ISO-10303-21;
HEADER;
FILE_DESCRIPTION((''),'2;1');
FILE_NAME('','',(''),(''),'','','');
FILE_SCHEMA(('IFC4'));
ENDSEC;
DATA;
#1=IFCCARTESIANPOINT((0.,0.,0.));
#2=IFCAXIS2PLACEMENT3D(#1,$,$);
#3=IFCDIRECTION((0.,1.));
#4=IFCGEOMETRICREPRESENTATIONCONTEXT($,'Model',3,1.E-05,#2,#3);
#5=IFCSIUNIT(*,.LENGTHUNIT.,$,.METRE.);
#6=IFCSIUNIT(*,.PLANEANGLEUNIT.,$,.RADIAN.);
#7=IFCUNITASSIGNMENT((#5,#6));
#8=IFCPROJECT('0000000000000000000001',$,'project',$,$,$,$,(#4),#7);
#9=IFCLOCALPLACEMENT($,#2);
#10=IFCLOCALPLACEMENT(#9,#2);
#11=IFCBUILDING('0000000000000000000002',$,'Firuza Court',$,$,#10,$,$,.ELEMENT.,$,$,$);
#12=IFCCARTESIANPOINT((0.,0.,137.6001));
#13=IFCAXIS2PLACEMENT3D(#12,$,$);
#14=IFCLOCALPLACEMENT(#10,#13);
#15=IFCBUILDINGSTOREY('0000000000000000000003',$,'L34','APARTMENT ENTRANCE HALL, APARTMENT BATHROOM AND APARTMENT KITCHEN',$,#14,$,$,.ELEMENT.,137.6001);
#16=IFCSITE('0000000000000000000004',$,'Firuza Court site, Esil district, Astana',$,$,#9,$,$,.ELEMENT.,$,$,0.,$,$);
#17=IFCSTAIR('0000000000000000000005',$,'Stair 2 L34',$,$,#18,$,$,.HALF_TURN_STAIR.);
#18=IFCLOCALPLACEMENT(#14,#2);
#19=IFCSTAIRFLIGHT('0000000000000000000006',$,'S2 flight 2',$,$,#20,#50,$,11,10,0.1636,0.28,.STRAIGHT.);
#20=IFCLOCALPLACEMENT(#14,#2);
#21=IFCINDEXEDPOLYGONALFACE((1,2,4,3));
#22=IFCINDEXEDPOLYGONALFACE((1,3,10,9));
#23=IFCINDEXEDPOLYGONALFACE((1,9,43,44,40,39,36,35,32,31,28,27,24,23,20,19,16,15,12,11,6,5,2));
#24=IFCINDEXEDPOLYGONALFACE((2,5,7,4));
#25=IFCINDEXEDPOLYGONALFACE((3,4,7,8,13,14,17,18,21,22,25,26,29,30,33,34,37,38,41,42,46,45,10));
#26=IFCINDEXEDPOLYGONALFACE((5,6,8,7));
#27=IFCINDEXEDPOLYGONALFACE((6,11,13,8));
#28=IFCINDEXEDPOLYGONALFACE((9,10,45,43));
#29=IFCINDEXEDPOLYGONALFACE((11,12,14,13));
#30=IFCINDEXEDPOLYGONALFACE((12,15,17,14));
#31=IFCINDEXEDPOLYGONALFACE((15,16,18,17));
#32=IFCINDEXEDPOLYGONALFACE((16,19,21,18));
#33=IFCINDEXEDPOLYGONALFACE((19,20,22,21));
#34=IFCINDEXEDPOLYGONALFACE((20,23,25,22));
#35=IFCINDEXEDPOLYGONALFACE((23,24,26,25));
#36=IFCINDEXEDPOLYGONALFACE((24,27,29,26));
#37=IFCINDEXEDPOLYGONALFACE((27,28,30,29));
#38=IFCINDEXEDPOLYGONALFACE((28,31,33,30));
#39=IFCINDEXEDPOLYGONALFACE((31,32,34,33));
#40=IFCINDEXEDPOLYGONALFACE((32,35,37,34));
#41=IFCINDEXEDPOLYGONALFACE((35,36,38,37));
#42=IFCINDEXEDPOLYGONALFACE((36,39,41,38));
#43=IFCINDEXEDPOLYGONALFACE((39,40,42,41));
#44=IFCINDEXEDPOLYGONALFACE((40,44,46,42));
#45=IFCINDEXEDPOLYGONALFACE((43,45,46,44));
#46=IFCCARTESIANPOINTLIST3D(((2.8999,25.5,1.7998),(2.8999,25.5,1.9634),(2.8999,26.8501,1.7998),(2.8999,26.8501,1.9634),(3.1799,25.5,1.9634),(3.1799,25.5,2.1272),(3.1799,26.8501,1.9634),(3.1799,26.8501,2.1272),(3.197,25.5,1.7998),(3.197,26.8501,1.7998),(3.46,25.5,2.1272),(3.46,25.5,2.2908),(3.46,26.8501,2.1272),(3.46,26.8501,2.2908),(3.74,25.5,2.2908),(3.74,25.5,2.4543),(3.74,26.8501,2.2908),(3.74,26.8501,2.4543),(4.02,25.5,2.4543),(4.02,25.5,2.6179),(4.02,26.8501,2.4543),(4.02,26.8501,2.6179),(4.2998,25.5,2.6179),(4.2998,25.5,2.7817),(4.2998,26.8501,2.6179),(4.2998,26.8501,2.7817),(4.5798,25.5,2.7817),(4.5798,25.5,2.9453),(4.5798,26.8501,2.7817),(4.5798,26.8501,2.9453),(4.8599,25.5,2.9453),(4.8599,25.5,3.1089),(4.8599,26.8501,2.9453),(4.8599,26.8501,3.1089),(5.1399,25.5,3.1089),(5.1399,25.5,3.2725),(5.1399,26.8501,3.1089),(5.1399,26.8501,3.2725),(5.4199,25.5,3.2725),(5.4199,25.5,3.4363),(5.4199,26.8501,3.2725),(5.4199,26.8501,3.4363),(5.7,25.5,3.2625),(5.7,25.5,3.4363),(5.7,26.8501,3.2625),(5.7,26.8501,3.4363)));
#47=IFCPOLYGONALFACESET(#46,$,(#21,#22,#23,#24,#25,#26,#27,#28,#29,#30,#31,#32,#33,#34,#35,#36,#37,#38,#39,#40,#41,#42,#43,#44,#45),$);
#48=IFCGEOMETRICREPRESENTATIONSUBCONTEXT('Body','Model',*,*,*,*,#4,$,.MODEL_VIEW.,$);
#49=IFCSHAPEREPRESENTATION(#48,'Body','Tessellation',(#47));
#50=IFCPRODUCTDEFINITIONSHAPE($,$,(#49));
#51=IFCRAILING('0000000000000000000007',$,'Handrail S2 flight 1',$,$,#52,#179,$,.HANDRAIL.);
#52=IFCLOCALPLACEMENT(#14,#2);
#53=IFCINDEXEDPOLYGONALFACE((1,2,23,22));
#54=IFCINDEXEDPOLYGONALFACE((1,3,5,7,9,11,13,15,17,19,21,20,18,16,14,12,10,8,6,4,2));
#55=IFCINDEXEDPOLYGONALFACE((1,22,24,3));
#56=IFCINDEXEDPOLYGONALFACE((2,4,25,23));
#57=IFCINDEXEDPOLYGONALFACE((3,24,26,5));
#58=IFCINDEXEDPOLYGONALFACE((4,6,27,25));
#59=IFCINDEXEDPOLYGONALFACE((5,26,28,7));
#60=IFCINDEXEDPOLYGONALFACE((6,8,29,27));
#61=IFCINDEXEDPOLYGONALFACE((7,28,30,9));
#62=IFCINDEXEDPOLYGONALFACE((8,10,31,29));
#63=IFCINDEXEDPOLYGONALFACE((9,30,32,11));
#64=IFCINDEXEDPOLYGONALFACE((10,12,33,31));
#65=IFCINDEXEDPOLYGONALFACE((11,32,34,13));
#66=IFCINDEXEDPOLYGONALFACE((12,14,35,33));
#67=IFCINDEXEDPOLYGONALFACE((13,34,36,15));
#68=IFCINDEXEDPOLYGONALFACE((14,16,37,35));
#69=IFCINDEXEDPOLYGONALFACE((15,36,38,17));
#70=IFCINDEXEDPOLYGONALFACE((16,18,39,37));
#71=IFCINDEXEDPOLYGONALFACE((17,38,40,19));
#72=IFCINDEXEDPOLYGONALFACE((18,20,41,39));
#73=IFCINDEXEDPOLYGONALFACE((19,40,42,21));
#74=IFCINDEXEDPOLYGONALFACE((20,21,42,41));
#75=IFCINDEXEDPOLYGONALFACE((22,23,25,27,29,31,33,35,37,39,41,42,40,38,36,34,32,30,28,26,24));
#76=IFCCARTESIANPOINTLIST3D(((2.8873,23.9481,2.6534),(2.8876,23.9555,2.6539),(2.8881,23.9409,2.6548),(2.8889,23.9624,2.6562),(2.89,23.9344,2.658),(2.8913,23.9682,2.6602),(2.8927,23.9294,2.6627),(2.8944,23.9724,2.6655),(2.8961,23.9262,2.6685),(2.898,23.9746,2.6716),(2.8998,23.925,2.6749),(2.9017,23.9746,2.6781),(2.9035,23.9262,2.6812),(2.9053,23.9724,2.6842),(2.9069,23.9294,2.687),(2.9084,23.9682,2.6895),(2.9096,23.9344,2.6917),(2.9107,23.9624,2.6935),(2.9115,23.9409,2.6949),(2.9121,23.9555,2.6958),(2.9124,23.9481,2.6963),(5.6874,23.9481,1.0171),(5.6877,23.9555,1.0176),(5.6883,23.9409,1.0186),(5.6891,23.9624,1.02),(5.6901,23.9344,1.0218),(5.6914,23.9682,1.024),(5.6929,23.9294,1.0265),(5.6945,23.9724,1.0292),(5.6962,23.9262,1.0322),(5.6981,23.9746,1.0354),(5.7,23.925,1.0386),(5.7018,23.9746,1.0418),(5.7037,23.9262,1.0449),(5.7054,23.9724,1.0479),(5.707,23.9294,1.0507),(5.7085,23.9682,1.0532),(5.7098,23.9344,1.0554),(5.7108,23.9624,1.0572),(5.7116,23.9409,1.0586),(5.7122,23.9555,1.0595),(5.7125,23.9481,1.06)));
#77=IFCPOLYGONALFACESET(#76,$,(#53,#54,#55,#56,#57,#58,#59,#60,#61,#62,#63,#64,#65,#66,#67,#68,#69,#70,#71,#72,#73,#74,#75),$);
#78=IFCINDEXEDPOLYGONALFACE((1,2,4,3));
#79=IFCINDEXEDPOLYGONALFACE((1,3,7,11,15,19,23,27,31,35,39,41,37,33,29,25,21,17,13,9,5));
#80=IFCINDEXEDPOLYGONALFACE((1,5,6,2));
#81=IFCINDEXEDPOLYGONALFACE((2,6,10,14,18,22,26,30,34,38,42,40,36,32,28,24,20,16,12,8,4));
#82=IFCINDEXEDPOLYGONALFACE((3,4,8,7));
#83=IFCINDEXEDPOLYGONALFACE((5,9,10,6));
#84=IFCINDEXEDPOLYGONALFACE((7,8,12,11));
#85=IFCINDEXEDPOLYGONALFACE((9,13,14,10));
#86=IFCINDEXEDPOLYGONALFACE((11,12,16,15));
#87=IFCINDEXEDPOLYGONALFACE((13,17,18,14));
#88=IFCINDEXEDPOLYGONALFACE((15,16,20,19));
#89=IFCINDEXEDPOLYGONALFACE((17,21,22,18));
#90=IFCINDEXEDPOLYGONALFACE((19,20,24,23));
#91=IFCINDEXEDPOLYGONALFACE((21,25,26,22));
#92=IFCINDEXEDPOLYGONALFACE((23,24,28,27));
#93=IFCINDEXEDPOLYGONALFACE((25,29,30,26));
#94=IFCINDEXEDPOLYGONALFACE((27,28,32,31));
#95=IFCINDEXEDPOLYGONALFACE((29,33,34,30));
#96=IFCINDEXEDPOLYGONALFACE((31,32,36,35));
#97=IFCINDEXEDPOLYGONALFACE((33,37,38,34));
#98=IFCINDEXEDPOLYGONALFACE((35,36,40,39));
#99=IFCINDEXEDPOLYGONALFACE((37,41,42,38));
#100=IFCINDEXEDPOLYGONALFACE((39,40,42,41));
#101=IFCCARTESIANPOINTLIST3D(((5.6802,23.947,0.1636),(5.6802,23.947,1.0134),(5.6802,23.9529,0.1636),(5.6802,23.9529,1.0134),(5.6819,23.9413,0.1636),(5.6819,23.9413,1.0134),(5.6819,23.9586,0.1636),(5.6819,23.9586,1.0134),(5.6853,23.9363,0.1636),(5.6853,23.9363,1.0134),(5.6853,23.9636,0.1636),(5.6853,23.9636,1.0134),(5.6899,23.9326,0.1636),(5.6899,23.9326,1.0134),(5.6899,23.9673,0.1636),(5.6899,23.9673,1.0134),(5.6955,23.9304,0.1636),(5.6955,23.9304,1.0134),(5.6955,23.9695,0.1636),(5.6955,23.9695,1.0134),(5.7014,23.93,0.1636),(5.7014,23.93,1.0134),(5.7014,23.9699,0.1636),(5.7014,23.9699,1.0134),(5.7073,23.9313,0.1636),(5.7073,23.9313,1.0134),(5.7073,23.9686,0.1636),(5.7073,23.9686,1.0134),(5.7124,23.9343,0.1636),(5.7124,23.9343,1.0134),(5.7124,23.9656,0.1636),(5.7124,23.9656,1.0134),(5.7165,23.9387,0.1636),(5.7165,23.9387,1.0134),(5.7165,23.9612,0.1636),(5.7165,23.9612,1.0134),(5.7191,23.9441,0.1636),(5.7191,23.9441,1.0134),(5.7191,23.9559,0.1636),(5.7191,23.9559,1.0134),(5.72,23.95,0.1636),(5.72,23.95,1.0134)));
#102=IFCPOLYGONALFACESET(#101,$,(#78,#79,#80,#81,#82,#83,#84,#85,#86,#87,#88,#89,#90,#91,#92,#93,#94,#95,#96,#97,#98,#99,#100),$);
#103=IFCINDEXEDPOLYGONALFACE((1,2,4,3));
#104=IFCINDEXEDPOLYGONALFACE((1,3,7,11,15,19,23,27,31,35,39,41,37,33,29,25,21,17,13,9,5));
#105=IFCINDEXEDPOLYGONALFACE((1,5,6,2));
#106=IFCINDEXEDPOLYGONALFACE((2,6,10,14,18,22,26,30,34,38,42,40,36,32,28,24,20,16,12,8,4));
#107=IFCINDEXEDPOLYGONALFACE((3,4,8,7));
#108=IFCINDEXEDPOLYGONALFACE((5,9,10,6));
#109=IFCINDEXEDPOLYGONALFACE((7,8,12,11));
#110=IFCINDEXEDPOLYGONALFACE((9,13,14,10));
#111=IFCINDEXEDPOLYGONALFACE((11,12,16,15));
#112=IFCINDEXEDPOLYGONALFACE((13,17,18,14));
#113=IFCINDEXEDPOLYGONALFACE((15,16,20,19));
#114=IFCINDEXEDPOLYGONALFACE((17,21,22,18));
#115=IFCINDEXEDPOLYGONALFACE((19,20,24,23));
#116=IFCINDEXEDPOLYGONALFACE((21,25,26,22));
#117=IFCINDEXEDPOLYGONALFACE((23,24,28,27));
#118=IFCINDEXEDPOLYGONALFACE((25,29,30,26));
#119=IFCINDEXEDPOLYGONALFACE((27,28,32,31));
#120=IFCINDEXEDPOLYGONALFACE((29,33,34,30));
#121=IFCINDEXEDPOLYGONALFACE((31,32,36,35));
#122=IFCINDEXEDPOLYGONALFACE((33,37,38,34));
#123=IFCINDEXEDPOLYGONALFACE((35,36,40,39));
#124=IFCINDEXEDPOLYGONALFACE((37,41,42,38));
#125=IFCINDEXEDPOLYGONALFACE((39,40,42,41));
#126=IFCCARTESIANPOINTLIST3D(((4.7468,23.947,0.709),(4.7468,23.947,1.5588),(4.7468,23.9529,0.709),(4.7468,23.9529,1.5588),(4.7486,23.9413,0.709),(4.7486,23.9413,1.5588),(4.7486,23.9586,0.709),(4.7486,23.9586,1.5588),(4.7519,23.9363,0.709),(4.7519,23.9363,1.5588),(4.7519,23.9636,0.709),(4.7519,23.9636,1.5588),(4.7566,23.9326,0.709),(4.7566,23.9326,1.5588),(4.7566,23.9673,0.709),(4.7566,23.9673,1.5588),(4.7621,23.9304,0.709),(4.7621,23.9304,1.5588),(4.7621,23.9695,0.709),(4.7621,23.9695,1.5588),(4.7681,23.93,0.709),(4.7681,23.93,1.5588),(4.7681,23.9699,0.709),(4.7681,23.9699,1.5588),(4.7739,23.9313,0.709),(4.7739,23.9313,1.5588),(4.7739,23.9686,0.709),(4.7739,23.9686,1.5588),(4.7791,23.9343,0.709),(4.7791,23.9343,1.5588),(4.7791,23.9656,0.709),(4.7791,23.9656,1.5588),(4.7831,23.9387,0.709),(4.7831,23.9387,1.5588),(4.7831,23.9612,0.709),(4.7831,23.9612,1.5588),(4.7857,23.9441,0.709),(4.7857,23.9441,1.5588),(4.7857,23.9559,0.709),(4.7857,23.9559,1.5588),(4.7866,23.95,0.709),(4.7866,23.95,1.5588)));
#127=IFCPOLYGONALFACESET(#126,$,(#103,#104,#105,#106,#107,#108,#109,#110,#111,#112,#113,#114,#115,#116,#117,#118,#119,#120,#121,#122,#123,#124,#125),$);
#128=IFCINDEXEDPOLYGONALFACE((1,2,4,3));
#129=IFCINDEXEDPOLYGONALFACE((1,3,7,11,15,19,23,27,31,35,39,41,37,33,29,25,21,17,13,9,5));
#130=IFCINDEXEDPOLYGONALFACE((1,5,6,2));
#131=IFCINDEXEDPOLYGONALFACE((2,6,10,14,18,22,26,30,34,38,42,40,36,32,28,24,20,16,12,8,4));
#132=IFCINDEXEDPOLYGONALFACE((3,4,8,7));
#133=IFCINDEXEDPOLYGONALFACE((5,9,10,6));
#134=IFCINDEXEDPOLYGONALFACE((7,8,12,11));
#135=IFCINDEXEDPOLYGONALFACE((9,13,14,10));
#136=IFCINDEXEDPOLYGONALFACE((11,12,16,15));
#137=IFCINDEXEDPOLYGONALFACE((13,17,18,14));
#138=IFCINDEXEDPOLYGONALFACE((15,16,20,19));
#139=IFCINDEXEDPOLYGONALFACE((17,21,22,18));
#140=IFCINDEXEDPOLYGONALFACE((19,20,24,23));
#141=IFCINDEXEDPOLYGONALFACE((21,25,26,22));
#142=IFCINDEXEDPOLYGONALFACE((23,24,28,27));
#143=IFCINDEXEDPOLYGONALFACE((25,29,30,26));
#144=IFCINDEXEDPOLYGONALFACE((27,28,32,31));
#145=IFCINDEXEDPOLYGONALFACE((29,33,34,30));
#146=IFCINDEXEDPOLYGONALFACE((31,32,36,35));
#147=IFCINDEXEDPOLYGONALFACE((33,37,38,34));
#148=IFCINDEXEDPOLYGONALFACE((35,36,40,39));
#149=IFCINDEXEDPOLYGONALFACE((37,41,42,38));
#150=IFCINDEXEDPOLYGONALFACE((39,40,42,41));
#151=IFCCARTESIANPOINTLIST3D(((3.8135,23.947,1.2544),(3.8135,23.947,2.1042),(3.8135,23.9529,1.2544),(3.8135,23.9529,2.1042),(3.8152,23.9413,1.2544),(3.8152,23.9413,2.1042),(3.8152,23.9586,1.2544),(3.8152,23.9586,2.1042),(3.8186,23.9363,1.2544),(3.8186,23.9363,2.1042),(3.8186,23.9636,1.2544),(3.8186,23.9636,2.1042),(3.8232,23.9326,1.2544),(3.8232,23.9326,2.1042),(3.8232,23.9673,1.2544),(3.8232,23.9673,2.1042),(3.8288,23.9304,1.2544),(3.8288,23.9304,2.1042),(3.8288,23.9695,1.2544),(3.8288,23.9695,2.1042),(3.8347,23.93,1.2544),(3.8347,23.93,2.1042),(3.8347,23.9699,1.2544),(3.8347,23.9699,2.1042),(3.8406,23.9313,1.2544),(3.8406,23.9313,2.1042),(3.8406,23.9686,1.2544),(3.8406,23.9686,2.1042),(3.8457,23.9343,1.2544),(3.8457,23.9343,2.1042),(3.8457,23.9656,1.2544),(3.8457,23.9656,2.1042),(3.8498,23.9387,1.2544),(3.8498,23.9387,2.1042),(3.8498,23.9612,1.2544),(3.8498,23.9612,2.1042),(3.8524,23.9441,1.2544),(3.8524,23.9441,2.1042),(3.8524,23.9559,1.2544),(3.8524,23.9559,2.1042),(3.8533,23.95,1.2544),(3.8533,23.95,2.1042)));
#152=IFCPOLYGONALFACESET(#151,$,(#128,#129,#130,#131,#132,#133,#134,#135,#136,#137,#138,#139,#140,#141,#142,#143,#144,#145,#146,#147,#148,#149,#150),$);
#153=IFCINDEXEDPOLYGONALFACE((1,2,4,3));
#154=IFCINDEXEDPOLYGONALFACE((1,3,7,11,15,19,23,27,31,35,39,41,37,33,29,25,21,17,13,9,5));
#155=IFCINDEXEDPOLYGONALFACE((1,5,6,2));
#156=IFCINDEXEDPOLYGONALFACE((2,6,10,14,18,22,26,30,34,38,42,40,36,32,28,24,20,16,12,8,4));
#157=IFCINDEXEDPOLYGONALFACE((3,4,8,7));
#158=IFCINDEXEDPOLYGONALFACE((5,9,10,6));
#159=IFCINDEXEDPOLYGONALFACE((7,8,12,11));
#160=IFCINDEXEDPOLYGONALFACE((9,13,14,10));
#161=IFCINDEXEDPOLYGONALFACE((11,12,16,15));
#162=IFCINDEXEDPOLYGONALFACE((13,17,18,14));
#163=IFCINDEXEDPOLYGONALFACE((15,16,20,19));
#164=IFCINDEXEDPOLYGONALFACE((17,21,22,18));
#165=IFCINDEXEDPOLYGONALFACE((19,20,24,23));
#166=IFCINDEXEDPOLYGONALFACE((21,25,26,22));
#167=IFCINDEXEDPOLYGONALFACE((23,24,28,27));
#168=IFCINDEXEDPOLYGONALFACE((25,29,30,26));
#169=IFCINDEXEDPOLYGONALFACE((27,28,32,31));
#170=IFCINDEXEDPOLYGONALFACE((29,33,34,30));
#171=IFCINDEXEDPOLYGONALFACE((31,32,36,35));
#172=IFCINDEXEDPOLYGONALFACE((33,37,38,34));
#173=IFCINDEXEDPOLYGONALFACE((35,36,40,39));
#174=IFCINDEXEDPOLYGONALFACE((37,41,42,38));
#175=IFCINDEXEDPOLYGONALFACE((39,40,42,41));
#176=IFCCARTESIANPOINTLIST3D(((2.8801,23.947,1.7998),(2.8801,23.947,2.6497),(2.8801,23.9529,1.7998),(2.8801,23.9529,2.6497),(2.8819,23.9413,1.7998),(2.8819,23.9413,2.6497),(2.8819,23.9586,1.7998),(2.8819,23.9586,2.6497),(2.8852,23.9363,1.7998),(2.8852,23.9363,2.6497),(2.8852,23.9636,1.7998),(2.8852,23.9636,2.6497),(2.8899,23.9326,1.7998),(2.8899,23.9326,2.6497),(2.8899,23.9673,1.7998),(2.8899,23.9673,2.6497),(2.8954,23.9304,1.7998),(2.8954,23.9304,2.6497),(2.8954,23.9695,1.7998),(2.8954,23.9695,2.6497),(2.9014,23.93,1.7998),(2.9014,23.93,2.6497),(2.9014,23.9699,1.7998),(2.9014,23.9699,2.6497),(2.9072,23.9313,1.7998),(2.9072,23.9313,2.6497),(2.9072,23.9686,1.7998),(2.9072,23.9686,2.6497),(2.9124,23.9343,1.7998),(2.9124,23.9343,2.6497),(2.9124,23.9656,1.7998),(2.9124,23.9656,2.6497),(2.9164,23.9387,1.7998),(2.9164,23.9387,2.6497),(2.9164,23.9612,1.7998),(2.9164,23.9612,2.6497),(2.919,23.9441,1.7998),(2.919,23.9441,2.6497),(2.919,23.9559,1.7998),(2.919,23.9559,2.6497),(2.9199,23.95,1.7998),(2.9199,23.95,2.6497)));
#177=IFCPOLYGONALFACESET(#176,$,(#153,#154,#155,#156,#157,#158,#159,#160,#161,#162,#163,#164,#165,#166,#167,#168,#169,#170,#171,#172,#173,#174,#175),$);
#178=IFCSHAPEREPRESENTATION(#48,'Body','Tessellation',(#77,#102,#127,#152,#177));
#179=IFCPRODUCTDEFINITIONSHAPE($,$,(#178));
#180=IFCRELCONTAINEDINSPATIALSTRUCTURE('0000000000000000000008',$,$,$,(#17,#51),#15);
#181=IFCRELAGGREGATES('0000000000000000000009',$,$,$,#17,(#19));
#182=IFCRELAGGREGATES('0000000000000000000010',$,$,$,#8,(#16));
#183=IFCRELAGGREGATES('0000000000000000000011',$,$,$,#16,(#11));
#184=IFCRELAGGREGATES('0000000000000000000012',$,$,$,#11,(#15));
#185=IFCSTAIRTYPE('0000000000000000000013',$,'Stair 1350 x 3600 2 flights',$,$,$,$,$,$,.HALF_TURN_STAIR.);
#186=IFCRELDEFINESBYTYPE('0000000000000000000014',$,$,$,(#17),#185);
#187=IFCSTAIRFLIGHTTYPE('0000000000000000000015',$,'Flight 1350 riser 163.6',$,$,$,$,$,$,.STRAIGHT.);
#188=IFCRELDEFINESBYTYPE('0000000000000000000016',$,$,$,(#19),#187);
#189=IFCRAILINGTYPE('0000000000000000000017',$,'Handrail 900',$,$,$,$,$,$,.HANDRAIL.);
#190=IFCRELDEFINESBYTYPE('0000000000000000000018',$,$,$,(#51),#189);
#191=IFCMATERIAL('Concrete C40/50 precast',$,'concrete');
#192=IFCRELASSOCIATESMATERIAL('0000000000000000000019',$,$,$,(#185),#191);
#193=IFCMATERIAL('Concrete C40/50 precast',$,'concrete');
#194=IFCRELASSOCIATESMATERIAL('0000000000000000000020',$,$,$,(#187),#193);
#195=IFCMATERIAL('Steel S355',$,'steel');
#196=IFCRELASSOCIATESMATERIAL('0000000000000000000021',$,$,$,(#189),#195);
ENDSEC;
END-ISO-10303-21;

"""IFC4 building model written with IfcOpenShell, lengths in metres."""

from ifc_helpers import new_model, si_unit, direction, frame, origin, origin_2d, place, context, subcontext, project, spatial, polyline, circle, outline, extrude, material, type_object, element, aggregate, save


model = new_model("IFC4")

# Units and contexts
model_context = context("Model", 3, precision=1e-05, world=origin(), true_north=direction((0.0, 1.0)))
body_context = subcontext(model_context, "Body", "Model", "MODEL_VIEW")
ifc_project = project(units=[si_unit("LENGTHUNIT", "METRE"), si_unit("PLANEANGLEUNIT", "RADIAN")], contexts=[model_context])

# Site, building, storey
site_placement = place(None, origin())
site = spatial("IfcSite", under=ifc_project, at=site_placement, Name="Firuza Court site, Esil district, Astana", CompositionType="ELEMENT", RefElevation=0.0)
building_placement = place(site_placement, origin())
building = spatial("IfcBuilding", under=site, at=building_placement, Name="Firuza Court", CompositionType="ELEMENT")
storey_placement = place(building_placement, frame((0.0, 0.0, 137.6001)))
storey = spatial("IfcBuildingStorey", under=building, at=storey_placement, Name="L34", Description="APARTMENT ENTRANCE HALL, APARTMENT BATHROOM AND APARTMENT KITCHEN", CompositionType="ELEMENT", Elevation=137.6001)

# Stair, stair flight
ifc_material_1 = material(Name="Concrete C40/50 precast", Category="concrete")
stair_type = type_object("IfcStairType", Name="Stair 1350 x 3600 2 flights", PredefinedType="HALF_TURN_STAIR", material=ifc_material_1)
stair_placement = place(storey_placement, origin())
stair = element("IfcStair", 1, at=stair_placement, inside=storey, type_object=stair_type, Name="Stair 2 L34", PredefinedType="HALF_TURN_STAIR")
ifc_material_2 = material(Name="Concrete C40/50 precast", Category="concrete")
stair_flight_type = type_object("IfcStairFlightType", Name="Flight 1350 riser 163.6", PredefinedType="STRAIGHT", material=ifc_material_2)
stair_flight_1_placement = place(storey_placement, frame((2.8999, 26.175, 1.7998), z_axis=(0.0, 0.0, 1.0), x_axis=(1.0, 0.0, 0.0)))
stair_flight_1 = element("IfcStairFlight", 2, at=stair_flight_1_placement, type_object=stair_flight_type, Name="S2 flight 2", NumberOfRisers=11, NumberOfTreads=10, PredefinedType="STRAIGHT", RiserHeight=0.1636, TreadLength=0.28, context=body_context, shape_type="SweptSolid", body=[
    extrude(outline(polyline([(0.0, 0.0), (0.0, 0.1636), (0.28, 0.1636), (0.28, 0.3274), (0.5601, 0.3274), (0.5601, 0.491), (0.8401, 0.491), (0.8401, 0.6545), (1.1201, 0.6545), (1.1201, 0.8181), (1.3999, 0.8181), (1.3999, 0.9819), (1.6799, 0.9819), (1.6799, 1.1455), (1.96, 1.1455), (1.96, 1.3091), (2.24, 1.3091), (2.24, 1.4727), (2.52, 1.4727), (2.52, 1.6365), (2.8, 1.6365), (2.8, 1.8), (2.8, 1.4626), (0.2971, 0.0), (0.0, 0.0)])), frame((0.0, 0.675, 0.0), z_axis=(0.0, -1.0, 0.0), x_axis=(1.0, 0.0, 0.0)), (0.0, 0.0, 1.0), 1.3501),
])
aggregate(stair, [stair_flight_1])

# Railing
ifc_material_3 = material(Name="Steel S355", Category="steel")
railing_type = type_object("IfcRailingType", Name="Handrail 900", PredefinedType="HANDRAIL", material=ifc_material_3)
railing_1_placement = place(storey_placement, frame((5.7, 23.95, 0.1636)))
element("IfcRailing", 3, at=railing_1_placement, inside=storey, type_object=railing_type, Name="Handrail S2 flight 1", PredefinedType="HANDRAIL", context=body_context, shape_type="SweptSolid", body=[
    extrude(circle(Radius=0.0249, at=origin_2d()), frame((0.0, 0.0, 0.875), z_axis=(-0.863394, 0.0, 0.504531), x_axis=(0.0, -1.0, 0.0)), (0.0, 0.0, 1.0), 3.2432),
    extrude(circle(Radius=0.02, at=origin_2d()), origin(), (0.0, 0.0, 1.0), 0.8499),
    extrude(circle(Radius=0.02, at=origin_2d()), frame((-0.9333, 0.0, 0.5454)), (0.0, 0.0, 1.0), 0.8499),
    extrude(circle(Radius=0.02, at=origin_2d()), frame((-1.8667, 0.0, 1.0908)), (0.0, 0.0, 1.0), 0.8499),
    extrude(circle(Radius=0.02, at=origin_2d()), frame((-2.8, 0.0, 1.6362)), (0.0, 0.0, 1.0), 0.8499),
])

save(model, "model.ifc")
